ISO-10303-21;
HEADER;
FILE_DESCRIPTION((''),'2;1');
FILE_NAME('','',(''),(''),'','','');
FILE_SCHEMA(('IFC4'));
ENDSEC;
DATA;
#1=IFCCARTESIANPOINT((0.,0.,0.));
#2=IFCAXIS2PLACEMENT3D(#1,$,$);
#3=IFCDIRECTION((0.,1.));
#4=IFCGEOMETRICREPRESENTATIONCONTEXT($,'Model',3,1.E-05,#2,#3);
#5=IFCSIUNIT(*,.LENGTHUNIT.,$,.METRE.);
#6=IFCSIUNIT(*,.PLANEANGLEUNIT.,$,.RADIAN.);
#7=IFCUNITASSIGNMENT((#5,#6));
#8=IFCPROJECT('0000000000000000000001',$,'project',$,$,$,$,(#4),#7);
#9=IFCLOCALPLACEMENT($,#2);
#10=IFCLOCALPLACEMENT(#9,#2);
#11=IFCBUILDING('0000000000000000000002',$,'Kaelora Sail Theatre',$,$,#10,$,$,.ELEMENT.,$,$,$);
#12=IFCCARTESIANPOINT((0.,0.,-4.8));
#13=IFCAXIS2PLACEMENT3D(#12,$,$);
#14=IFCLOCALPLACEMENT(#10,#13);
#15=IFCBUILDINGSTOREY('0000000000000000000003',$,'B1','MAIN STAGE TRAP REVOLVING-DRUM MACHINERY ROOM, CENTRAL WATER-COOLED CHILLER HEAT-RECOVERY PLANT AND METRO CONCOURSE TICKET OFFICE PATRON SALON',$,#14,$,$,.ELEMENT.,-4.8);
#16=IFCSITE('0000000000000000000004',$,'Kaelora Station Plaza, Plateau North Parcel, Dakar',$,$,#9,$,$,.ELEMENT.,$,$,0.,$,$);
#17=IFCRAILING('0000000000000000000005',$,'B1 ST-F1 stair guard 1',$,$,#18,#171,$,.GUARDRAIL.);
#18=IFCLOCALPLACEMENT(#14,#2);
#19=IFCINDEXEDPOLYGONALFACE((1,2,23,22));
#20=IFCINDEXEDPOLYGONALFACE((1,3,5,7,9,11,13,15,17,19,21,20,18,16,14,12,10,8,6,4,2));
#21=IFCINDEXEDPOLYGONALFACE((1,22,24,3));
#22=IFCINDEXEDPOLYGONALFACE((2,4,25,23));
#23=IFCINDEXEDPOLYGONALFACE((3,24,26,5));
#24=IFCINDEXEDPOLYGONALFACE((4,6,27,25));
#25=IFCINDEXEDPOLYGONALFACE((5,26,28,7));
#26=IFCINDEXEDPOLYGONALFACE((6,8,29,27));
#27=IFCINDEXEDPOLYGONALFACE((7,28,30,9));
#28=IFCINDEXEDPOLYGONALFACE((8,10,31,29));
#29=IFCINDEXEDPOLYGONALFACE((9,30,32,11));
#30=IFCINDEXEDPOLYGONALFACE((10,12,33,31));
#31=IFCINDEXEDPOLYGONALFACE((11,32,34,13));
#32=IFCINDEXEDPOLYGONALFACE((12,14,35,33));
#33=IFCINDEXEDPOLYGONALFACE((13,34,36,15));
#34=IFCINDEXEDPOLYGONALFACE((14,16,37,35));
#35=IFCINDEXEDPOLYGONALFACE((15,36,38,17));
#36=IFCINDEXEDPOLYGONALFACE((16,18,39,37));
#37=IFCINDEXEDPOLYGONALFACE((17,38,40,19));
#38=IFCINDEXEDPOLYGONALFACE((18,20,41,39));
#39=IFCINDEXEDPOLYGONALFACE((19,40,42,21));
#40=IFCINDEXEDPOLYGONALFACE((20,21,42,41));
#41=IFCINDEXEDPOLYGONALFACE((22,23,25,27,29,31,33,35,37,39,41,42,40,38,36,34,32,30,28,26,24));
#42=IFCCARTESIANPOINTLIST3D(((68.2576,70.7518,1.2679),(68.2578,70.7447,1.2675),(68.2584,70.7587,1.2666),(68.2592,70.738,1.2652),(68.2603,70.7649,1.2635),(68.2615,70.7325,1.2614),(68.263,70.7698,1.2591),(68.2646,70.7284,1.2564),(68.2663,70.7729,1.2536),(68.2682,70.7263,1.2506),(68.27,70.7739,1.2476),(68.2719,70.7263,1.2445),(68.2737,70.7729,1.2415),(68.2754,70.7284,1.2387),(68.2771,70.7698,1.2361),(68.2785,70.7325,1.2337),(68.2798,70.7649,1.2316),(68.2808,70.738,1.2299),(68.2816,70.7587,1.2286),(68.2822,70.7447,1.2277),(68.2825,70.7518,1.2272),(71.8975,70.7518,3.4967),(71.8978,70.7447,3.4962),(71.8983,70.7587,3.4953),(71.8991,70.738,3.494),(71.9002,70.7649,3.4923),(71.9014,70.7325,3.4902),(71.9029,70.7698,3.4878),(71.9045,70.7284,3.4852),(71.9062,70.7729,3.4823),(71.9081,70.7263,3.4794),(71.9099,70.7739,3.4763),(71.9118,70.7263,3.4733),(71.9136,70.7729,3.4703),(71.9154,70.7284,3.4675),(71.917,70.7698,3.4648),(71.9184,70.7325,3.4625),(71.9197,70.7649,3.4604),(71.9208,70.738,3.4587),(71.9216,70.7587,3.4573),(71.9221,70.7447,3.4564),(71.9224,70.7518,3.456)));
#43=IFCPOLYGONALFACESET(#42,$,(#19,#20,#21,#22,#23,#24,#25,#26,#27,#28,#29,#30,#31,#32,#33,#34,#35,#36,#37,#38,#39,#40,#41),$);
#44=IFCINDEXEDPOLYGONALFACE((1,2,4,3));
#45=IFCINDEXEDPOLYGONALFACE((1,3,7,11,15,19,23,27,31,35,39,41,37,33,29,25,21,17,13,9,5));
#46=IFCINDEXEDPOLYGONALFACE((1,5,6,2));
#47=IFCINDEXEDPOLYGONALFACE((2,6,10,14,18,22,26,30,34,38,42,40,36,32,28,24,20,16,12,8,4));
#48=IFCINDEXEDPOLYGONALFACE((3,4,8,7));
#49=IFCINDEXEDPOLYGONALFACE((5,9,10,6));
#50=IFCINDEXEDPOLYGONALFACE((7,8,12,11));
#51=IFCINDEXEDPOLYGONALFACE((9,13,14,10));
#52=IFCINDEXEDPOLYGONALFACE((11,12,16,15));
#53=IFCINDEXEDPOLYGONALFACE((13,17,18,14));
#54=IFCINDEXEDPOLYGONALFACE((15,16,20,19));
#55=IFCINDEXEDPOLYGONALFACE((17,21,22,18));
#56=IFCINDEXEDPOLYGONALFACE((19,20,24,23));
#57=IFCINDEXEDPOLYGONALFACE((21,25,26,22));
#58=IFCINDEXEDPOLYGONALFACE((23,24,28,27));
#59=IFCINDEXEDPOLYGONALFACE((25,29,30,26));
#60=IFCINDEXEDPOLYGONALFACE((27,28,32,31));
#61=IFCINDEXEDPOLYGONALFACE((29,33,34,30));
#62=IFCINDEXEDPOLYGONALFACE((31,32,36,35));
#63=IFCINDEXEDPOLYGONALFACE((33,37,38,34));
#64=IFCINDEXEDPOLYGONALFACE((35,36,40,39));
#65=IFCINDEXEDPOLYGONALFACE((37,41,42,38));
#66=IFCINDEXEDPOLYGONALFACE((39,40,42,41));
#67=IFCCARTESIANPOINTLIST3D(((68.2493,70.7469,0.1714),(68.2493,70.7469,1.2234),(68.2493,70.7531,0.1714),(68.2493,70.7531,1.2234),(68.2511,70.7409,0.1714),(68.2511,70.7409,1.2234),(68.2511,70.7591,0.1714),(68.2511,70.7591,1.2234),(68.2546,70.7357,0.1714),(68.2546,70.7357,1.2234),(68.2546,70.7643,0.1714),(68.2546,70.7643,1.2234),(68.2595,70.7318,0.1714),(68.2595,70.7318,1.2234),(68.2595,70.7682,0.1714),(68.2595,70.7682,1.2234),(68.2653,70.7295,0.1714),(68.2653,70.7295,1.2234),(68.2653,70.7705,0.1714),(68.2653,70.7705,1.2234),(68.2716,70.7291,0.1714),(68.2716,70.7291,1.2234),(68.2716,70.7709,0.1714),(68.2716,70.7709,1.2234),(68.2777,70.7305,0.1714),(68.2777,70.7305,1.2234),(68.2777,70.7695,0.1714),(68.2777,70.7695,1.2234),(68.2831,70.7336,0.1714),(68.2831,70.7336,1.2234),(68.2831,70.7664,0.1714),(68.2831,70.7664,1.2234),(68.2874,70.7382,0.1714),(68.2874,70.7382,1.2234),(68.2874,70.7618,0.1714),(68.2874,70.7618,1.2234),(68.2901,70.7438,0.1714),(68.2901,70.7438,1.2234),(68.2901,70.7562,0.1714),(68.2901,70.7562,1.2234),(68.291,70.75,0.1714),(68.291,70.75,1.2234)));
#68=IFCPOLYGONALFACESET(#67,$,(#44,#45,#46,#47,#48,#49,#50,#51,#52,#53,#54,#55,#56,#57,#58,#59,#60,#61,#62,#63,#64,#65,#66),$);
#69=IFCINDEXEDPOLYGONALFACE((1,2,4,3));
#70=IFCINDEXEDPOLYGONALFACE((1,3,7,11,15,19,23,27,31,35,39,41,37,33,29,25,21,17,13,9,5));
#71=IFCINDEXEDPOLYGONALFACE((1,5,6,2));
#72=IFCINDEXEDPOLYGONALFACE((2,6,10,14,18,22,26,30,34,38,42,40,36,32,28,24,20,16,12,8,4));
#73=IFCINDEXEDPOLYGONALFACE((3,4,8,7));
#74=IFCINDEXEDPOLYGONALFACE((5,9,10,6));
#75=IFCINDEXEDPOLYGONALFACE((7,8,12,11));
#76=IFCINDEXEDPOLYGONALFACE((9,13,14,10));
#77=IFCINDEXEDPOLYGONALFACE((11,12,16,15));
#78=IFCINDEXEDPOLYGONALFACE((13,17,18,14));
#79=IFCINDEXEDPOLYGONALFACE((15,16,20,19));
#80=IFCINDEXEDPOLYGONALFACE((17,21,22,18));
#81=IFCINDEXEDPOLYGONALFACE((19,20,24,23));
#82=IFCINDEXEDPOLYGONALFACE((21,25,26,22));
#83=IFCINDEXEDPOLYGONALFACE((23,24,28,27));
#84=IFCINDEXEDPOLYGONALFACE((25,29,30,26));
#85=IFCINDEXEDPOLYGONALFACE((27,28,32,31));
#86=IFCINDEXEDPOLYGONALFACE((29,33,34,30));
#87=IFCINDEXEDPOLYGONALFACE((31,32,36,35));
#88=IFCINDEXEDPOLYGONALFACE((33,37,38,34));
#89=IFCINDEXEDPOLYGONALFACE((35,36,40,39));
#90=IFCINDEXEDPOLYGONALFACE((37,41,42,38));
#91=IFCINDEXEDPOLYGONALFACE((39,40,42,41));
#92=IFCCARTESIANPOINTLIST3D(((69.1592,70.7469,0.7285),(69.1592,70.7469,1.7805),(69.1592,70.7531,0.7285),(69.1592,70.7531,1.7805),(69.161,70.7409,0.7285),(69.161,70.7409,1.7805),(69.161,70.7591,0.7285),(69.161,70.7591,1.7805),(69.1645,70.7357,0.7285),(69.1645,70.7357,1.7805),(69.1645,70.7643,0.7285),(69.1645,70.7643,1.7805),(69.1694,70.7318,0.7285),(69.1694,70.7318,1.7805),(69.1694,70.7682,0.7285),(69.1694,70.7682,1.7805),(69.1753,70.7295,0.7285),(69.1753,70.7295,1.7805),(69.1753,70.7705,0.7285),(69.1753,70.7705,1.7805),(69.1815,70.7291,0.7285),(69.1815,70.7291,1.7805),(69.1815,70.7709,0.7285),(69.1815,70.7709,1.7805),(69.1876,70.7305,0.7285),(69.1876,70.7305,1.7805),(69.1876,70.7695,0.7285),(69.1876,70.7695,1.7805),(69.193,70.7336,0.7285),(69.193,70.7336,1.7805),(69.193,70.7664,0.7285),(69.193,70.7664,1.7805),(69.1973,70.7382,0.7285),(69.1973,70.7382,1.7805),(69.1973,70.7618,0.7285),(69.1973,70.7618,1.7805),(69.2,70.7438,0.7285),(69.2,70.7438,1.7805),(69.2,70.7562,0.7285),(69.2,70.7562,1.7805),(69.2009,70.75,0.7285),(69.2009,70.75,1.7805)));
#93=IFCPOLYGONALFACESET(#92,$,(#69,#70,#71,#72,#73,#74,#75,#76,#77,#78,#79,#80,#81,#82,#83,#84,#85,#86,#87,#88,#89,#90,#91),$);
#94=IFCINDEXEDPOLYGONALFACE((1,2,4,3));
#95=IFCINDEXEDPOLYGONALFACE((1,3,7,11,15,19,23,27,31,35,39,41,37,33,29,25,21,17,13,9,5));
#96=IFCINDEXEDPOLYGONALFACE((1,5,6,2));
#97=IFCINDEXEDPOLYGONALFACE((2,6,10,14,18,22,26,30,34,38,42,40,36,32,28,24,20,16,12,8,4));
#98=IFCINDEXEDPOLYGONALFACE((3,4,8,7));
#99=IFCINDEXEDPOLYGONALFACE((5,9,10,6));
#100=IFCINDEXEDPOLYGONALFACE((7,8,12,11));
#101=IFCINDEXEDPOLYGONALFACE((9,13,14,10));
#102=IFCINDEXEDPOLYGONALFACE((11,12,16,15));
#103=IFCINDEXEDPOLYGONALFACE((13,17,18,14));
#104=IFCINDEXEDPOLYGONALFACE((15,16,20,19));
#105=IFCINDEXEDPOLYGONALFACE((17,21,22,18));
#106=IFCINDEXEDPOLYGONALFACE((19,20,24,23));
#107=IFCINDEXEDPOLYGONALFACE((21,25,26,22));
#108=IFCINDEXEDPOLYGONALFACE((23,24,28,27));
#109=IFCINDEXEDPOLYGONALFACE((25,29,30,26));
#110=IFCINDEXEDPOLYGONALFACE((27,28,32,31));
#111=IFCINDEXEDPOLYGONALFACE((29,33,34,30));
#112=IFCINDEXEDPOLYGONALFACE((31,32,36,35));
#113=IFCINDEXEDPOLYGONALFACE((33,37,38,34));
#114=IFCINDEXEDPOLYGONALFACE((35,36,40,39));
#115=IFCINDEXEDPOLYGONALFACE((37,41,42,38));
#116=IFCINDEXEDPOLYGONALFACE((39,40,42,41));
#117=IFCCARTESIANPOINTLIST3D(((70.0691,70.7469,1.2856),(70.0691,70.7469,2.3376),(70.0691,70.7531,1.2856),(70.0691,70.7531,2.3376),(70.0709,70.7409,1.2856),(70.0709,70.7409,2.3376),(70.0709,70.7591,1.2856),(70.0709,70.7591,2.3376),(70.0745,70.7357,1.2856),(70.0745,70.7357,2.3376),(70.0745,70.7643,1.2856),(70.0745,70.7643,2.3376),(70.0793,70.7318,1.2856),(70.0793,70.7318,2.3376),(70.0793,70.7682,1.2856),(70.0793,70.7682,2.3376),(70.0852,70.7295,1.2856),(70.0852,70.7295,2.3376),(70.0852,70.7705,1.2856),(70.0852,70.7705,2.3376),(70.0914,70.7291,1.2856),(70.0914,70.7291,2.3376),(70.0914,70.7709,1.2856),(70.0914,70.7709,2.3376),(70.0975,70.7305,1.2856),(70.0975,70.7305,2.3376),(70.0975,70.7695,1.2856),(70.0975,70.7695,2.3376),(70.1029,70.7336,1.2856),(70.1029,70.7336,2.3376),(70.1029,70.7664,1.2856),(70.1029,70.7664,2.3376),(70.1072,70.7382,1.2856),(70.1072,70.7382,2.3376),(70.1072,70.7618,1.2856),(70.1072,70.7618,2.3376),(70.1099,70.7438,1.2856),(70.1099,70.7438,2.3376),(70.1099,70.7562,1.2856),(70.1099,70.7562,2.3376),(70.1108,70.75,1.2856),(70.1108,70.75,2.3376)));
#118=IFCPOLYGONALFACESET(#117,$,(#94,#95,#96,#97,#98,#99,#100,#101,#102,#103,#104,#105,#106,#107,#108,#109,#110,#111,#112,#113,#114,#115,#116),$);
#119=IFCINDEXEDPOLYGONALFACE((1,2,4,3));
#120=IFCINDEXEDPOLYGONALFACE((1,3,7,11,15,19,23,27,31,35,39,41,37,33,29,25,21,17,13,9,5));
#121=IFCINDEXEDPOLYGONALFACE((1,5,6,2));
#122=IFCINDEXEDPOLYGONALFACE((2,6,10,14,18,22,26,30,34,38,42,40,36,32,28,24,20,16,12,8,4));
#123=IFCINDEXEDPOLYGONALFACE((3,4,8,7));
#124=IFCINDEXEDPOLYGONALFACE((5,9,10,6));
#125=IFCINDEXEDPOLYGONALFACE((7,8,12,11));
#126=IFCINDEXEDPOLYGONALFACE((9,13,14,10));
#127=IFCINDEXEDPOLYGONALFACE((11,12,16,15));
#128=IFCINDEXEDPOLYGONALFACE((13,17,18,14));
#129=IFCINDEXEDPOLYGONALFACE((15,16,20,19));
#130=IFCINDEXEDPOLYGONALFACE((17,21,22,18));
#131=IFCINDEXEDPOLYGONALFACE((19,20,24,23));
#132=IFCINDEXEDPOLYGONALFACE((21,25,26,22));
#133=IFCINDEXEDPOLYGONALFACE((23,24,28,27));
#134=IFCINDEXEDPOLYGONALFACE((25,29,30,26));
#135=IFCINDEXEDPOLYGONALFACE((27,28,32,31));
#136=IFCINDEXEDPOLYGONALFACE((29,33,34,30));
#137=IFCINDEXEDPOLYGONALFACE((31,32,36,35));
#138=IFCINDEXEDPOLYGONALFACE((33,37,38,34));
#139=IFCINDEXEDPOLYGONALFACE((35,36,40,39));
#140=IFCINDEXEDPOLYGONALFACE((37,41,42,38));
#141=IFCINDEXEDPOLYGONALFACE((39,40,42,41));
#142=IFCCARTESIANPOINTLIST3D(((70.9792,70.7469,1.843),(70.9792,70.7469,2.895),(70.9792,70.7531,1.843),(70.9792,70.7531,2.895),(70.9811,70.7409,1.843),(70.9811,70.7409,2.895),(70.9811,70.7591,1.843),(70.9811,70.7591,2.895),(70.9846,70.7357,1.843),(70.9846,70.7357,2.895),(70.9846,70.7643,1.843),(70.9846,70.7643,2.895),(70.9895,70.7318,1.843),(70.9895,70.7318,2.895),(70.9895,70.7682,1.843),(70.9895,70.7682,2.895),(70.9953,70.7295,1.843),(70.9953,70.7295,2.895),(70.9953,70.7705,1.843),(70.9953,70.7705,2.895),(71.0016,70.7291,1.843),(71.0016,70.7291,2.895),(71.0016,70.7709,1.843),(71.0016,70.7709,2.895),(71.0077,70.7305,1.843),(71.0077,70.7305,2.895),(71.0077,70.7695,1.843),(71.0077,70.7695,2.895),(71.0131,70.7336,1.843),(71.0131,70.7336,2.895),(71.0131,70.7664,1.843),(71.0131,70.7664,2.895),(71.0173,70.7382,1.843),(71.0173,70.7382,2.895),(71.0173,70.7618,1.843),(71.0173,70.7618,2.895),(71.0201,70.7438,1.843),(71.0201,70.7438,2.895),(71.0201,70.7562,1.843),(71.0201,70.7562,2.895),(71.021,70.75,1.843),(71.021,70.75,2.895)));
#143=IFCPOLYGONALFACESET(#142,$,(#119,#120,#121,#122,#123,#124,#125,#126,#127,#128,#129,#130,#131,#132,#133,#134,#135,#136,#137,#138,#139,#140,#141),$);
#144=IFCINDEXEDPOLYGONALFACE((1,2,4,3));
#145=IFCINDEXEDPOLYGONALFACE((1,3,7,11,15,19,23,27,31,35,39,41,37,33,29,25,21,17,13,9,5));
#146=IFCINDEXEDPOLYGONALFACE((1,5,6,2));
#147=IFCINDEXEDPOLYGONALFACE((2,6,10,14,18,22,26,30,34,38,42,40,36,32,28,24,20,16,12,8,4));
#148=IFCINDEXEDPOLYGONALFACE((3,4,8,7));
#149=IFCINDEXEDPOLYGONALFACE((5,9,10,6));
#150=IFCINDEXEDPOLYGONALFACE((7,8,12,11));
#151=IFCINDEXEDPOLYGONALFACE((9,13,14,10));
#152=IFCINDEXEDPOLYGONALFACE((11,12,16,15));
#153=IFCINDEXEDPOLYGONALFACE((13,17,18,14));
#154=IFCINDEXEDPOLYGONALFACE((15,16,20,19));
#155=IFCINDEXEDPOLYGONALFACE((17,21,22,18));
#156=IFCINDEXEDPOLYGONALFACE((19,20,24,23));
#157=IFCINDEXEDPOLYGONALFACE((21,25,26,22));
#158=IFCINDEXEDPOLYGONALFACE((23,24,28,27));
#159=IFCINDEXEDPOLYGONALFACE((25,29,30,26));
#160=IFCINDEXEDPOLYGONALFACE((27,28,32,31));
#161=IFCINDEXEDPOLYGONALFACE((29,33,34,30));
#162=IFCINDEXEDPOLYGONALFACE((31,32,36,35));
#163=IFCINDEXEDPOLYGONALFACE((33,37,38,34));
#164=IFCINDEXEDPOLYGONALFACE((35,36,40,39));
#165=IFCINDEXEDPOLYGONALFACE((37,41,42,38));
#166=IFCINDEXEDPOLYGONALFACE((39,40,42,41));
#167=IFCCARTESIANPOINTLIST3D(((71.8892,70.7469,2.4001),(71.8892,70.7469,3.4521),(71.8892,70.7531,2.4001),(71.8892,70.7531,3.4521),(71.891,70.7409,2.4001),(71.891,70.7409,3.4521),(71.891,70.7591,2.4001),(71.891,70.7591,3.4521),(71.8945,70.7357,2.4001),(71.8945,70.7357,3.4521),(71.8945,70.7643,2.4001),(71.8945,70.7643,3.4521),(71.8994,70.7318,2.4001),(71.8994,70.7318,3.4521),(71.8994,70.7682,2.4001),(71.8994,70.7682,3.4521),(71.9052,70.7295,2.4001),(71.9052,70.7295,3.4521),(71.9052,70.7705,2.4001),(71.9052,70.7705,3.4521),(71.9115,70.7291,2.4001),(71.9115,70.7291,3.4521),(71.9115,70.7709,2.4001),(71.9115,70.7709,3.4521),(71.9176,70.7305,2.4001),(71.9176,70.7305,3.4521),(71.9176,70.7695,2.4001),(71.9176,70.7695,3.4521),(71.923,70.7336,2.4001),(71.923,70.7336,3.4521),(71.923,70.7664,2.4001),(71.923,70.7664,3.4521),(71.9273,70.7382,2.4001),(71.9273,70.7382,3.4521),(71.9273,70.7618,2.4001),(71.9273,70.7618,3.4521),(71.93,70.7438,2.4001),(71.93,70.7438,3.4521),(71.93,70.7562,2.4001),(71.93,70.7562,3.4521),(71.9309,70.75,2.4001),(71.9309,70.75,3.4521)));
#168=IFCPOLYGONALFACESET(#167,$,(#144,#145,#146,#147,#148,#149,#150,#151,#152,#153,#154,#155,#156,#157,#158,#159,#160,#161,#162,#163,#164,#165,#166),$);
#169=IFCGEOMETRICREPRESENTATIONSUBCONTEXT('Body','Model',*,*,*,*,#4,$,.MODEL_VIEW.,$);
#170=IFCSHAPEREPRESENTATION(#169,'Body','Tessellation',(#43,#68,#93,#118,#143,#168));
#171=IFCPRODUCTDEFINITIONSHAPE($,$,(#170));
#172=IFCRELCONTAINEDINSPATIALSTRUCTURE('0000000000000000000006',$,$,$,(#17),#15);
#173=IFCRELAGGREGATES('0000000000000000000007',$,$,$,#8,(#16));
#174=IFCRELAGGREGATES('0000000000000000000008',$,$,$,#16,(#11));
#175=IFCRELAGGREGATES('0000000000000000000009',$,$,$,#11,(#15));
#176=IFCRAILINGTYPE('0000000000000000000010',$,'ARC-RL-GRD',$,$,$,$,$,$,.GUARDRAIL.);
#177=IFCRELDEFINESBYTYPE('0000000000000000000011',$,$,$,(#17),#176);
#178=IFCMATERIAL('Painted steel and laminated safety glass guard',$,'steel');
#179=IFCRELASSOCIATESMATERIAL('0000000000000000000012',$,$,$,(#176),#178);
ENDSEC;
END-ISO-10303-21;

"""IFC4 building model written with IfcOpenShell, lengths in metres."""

from ifc_helpers import new_model, si_unit, direction, frame, origin, origin_2d, place, context, subcontext, project, spatial, circle, extrude, material, type_object, element, save


model = new_model("IFC4")

# Units and contexts
model_context = context("Model", 3, precision=1e-05, world=origin(), true_north=direction((0.0, 1.0)))
body_context = subcontext(model_context, "Body", "Model", "MODEL_VIEW")
ifc_project = project(units=[si_unit("LENGTHUNIT", "METRE"), si_unit("PLANEANGLEUNIT", "RADIAN")], contexts=[model_context])

# Site, building, storey
site_placement = place(None, origin())
site = spatial("IfcSite", under=ifc_project, at=site_placement, Name="Kaelora Station Plaza, Plateau North Parcel, Dakar", CompositionType="ELEMENT", RefElevation=0.0)
building_placement = place(site_placement, origin())
building = spatial("IfcBuilding", under=site, at=building_placement, Name="Kaelora Sail Theatre", CompositionType="ELEMENT")
storey_placement = place(building_placement, frame((0.0, 0.0, -4.8)))
storey = spatial("IfcBuildingStorey", under=building, at=storey_placement, Name="B1", Description="MAIN STAGE TRAP REVOLVING-DRUM MACHINERY ROOM, CENTRAL WATER-COOLED CHILLER HEAT-RECOVERY PLANT AND METRO CONCOURSE TICKET OFFICE PATRON SALON", CompositionType="ELEMENT", Elevation=-4.8)

# Railing
ifc_material_1 = material(Name="Painted steel and laminated safety glass guard", Category="steel")
railing_type_1 = type_object("IfcRailingType", Name="ARC-RL-GRD", PredefinedType="GUARDRAIL", material=ifc_material_1)
railing_1_placement = place(storey_placement, frame((68.27, 70.75, 0.1714)))
element("IfcRailing", 1, at=railing_1_placement, inside=storey, type_object=railing_type_1, Name="B1 ST-F1 stair guard 1", PredefinedType="GUARDRAIL", context=body_context, shape_type="SweptSolid", body=[
    extrude(circle(Radius=0.0239, at=origin_2d()), frame((0.0, 0.0, 1.0762), z_axis=(0.852825, 0.0, 0.522197), x_axis=(0.0, 1.0, 0.0)), (0.0, 0.0, 1.0), 4.2681),
    extrude(circle(Radius=0.021, at=origin_2d()), origin(), (0.0, 0.0, 1.0), 1.052),
    extrude(circle(Radius=0.021, at=origin_2d()), frame((0.9099, 0.0, 0.5571)), (0.0, 0.0, 1.0), 1.052),
    extrude(circle(Radius=0.021, at=origin_2d()), frame((1.8198, 0.0, 1.1143)), (0.0, 0.0, 1.0), 1.052),
    extrude(circle(Radius=0.021, at=origin_2d()), frame((2.73, 0.0, 1.6716)), (0.0, 0.0, 1.0), 1.052),
    extrude(circle(Radius=0.021, at=origin_2d()), frame((3.6399, 0.0, 2.2288)), (0.0, 0.0, 1.0), 1.052),
])

save(model, "model.ifc")
